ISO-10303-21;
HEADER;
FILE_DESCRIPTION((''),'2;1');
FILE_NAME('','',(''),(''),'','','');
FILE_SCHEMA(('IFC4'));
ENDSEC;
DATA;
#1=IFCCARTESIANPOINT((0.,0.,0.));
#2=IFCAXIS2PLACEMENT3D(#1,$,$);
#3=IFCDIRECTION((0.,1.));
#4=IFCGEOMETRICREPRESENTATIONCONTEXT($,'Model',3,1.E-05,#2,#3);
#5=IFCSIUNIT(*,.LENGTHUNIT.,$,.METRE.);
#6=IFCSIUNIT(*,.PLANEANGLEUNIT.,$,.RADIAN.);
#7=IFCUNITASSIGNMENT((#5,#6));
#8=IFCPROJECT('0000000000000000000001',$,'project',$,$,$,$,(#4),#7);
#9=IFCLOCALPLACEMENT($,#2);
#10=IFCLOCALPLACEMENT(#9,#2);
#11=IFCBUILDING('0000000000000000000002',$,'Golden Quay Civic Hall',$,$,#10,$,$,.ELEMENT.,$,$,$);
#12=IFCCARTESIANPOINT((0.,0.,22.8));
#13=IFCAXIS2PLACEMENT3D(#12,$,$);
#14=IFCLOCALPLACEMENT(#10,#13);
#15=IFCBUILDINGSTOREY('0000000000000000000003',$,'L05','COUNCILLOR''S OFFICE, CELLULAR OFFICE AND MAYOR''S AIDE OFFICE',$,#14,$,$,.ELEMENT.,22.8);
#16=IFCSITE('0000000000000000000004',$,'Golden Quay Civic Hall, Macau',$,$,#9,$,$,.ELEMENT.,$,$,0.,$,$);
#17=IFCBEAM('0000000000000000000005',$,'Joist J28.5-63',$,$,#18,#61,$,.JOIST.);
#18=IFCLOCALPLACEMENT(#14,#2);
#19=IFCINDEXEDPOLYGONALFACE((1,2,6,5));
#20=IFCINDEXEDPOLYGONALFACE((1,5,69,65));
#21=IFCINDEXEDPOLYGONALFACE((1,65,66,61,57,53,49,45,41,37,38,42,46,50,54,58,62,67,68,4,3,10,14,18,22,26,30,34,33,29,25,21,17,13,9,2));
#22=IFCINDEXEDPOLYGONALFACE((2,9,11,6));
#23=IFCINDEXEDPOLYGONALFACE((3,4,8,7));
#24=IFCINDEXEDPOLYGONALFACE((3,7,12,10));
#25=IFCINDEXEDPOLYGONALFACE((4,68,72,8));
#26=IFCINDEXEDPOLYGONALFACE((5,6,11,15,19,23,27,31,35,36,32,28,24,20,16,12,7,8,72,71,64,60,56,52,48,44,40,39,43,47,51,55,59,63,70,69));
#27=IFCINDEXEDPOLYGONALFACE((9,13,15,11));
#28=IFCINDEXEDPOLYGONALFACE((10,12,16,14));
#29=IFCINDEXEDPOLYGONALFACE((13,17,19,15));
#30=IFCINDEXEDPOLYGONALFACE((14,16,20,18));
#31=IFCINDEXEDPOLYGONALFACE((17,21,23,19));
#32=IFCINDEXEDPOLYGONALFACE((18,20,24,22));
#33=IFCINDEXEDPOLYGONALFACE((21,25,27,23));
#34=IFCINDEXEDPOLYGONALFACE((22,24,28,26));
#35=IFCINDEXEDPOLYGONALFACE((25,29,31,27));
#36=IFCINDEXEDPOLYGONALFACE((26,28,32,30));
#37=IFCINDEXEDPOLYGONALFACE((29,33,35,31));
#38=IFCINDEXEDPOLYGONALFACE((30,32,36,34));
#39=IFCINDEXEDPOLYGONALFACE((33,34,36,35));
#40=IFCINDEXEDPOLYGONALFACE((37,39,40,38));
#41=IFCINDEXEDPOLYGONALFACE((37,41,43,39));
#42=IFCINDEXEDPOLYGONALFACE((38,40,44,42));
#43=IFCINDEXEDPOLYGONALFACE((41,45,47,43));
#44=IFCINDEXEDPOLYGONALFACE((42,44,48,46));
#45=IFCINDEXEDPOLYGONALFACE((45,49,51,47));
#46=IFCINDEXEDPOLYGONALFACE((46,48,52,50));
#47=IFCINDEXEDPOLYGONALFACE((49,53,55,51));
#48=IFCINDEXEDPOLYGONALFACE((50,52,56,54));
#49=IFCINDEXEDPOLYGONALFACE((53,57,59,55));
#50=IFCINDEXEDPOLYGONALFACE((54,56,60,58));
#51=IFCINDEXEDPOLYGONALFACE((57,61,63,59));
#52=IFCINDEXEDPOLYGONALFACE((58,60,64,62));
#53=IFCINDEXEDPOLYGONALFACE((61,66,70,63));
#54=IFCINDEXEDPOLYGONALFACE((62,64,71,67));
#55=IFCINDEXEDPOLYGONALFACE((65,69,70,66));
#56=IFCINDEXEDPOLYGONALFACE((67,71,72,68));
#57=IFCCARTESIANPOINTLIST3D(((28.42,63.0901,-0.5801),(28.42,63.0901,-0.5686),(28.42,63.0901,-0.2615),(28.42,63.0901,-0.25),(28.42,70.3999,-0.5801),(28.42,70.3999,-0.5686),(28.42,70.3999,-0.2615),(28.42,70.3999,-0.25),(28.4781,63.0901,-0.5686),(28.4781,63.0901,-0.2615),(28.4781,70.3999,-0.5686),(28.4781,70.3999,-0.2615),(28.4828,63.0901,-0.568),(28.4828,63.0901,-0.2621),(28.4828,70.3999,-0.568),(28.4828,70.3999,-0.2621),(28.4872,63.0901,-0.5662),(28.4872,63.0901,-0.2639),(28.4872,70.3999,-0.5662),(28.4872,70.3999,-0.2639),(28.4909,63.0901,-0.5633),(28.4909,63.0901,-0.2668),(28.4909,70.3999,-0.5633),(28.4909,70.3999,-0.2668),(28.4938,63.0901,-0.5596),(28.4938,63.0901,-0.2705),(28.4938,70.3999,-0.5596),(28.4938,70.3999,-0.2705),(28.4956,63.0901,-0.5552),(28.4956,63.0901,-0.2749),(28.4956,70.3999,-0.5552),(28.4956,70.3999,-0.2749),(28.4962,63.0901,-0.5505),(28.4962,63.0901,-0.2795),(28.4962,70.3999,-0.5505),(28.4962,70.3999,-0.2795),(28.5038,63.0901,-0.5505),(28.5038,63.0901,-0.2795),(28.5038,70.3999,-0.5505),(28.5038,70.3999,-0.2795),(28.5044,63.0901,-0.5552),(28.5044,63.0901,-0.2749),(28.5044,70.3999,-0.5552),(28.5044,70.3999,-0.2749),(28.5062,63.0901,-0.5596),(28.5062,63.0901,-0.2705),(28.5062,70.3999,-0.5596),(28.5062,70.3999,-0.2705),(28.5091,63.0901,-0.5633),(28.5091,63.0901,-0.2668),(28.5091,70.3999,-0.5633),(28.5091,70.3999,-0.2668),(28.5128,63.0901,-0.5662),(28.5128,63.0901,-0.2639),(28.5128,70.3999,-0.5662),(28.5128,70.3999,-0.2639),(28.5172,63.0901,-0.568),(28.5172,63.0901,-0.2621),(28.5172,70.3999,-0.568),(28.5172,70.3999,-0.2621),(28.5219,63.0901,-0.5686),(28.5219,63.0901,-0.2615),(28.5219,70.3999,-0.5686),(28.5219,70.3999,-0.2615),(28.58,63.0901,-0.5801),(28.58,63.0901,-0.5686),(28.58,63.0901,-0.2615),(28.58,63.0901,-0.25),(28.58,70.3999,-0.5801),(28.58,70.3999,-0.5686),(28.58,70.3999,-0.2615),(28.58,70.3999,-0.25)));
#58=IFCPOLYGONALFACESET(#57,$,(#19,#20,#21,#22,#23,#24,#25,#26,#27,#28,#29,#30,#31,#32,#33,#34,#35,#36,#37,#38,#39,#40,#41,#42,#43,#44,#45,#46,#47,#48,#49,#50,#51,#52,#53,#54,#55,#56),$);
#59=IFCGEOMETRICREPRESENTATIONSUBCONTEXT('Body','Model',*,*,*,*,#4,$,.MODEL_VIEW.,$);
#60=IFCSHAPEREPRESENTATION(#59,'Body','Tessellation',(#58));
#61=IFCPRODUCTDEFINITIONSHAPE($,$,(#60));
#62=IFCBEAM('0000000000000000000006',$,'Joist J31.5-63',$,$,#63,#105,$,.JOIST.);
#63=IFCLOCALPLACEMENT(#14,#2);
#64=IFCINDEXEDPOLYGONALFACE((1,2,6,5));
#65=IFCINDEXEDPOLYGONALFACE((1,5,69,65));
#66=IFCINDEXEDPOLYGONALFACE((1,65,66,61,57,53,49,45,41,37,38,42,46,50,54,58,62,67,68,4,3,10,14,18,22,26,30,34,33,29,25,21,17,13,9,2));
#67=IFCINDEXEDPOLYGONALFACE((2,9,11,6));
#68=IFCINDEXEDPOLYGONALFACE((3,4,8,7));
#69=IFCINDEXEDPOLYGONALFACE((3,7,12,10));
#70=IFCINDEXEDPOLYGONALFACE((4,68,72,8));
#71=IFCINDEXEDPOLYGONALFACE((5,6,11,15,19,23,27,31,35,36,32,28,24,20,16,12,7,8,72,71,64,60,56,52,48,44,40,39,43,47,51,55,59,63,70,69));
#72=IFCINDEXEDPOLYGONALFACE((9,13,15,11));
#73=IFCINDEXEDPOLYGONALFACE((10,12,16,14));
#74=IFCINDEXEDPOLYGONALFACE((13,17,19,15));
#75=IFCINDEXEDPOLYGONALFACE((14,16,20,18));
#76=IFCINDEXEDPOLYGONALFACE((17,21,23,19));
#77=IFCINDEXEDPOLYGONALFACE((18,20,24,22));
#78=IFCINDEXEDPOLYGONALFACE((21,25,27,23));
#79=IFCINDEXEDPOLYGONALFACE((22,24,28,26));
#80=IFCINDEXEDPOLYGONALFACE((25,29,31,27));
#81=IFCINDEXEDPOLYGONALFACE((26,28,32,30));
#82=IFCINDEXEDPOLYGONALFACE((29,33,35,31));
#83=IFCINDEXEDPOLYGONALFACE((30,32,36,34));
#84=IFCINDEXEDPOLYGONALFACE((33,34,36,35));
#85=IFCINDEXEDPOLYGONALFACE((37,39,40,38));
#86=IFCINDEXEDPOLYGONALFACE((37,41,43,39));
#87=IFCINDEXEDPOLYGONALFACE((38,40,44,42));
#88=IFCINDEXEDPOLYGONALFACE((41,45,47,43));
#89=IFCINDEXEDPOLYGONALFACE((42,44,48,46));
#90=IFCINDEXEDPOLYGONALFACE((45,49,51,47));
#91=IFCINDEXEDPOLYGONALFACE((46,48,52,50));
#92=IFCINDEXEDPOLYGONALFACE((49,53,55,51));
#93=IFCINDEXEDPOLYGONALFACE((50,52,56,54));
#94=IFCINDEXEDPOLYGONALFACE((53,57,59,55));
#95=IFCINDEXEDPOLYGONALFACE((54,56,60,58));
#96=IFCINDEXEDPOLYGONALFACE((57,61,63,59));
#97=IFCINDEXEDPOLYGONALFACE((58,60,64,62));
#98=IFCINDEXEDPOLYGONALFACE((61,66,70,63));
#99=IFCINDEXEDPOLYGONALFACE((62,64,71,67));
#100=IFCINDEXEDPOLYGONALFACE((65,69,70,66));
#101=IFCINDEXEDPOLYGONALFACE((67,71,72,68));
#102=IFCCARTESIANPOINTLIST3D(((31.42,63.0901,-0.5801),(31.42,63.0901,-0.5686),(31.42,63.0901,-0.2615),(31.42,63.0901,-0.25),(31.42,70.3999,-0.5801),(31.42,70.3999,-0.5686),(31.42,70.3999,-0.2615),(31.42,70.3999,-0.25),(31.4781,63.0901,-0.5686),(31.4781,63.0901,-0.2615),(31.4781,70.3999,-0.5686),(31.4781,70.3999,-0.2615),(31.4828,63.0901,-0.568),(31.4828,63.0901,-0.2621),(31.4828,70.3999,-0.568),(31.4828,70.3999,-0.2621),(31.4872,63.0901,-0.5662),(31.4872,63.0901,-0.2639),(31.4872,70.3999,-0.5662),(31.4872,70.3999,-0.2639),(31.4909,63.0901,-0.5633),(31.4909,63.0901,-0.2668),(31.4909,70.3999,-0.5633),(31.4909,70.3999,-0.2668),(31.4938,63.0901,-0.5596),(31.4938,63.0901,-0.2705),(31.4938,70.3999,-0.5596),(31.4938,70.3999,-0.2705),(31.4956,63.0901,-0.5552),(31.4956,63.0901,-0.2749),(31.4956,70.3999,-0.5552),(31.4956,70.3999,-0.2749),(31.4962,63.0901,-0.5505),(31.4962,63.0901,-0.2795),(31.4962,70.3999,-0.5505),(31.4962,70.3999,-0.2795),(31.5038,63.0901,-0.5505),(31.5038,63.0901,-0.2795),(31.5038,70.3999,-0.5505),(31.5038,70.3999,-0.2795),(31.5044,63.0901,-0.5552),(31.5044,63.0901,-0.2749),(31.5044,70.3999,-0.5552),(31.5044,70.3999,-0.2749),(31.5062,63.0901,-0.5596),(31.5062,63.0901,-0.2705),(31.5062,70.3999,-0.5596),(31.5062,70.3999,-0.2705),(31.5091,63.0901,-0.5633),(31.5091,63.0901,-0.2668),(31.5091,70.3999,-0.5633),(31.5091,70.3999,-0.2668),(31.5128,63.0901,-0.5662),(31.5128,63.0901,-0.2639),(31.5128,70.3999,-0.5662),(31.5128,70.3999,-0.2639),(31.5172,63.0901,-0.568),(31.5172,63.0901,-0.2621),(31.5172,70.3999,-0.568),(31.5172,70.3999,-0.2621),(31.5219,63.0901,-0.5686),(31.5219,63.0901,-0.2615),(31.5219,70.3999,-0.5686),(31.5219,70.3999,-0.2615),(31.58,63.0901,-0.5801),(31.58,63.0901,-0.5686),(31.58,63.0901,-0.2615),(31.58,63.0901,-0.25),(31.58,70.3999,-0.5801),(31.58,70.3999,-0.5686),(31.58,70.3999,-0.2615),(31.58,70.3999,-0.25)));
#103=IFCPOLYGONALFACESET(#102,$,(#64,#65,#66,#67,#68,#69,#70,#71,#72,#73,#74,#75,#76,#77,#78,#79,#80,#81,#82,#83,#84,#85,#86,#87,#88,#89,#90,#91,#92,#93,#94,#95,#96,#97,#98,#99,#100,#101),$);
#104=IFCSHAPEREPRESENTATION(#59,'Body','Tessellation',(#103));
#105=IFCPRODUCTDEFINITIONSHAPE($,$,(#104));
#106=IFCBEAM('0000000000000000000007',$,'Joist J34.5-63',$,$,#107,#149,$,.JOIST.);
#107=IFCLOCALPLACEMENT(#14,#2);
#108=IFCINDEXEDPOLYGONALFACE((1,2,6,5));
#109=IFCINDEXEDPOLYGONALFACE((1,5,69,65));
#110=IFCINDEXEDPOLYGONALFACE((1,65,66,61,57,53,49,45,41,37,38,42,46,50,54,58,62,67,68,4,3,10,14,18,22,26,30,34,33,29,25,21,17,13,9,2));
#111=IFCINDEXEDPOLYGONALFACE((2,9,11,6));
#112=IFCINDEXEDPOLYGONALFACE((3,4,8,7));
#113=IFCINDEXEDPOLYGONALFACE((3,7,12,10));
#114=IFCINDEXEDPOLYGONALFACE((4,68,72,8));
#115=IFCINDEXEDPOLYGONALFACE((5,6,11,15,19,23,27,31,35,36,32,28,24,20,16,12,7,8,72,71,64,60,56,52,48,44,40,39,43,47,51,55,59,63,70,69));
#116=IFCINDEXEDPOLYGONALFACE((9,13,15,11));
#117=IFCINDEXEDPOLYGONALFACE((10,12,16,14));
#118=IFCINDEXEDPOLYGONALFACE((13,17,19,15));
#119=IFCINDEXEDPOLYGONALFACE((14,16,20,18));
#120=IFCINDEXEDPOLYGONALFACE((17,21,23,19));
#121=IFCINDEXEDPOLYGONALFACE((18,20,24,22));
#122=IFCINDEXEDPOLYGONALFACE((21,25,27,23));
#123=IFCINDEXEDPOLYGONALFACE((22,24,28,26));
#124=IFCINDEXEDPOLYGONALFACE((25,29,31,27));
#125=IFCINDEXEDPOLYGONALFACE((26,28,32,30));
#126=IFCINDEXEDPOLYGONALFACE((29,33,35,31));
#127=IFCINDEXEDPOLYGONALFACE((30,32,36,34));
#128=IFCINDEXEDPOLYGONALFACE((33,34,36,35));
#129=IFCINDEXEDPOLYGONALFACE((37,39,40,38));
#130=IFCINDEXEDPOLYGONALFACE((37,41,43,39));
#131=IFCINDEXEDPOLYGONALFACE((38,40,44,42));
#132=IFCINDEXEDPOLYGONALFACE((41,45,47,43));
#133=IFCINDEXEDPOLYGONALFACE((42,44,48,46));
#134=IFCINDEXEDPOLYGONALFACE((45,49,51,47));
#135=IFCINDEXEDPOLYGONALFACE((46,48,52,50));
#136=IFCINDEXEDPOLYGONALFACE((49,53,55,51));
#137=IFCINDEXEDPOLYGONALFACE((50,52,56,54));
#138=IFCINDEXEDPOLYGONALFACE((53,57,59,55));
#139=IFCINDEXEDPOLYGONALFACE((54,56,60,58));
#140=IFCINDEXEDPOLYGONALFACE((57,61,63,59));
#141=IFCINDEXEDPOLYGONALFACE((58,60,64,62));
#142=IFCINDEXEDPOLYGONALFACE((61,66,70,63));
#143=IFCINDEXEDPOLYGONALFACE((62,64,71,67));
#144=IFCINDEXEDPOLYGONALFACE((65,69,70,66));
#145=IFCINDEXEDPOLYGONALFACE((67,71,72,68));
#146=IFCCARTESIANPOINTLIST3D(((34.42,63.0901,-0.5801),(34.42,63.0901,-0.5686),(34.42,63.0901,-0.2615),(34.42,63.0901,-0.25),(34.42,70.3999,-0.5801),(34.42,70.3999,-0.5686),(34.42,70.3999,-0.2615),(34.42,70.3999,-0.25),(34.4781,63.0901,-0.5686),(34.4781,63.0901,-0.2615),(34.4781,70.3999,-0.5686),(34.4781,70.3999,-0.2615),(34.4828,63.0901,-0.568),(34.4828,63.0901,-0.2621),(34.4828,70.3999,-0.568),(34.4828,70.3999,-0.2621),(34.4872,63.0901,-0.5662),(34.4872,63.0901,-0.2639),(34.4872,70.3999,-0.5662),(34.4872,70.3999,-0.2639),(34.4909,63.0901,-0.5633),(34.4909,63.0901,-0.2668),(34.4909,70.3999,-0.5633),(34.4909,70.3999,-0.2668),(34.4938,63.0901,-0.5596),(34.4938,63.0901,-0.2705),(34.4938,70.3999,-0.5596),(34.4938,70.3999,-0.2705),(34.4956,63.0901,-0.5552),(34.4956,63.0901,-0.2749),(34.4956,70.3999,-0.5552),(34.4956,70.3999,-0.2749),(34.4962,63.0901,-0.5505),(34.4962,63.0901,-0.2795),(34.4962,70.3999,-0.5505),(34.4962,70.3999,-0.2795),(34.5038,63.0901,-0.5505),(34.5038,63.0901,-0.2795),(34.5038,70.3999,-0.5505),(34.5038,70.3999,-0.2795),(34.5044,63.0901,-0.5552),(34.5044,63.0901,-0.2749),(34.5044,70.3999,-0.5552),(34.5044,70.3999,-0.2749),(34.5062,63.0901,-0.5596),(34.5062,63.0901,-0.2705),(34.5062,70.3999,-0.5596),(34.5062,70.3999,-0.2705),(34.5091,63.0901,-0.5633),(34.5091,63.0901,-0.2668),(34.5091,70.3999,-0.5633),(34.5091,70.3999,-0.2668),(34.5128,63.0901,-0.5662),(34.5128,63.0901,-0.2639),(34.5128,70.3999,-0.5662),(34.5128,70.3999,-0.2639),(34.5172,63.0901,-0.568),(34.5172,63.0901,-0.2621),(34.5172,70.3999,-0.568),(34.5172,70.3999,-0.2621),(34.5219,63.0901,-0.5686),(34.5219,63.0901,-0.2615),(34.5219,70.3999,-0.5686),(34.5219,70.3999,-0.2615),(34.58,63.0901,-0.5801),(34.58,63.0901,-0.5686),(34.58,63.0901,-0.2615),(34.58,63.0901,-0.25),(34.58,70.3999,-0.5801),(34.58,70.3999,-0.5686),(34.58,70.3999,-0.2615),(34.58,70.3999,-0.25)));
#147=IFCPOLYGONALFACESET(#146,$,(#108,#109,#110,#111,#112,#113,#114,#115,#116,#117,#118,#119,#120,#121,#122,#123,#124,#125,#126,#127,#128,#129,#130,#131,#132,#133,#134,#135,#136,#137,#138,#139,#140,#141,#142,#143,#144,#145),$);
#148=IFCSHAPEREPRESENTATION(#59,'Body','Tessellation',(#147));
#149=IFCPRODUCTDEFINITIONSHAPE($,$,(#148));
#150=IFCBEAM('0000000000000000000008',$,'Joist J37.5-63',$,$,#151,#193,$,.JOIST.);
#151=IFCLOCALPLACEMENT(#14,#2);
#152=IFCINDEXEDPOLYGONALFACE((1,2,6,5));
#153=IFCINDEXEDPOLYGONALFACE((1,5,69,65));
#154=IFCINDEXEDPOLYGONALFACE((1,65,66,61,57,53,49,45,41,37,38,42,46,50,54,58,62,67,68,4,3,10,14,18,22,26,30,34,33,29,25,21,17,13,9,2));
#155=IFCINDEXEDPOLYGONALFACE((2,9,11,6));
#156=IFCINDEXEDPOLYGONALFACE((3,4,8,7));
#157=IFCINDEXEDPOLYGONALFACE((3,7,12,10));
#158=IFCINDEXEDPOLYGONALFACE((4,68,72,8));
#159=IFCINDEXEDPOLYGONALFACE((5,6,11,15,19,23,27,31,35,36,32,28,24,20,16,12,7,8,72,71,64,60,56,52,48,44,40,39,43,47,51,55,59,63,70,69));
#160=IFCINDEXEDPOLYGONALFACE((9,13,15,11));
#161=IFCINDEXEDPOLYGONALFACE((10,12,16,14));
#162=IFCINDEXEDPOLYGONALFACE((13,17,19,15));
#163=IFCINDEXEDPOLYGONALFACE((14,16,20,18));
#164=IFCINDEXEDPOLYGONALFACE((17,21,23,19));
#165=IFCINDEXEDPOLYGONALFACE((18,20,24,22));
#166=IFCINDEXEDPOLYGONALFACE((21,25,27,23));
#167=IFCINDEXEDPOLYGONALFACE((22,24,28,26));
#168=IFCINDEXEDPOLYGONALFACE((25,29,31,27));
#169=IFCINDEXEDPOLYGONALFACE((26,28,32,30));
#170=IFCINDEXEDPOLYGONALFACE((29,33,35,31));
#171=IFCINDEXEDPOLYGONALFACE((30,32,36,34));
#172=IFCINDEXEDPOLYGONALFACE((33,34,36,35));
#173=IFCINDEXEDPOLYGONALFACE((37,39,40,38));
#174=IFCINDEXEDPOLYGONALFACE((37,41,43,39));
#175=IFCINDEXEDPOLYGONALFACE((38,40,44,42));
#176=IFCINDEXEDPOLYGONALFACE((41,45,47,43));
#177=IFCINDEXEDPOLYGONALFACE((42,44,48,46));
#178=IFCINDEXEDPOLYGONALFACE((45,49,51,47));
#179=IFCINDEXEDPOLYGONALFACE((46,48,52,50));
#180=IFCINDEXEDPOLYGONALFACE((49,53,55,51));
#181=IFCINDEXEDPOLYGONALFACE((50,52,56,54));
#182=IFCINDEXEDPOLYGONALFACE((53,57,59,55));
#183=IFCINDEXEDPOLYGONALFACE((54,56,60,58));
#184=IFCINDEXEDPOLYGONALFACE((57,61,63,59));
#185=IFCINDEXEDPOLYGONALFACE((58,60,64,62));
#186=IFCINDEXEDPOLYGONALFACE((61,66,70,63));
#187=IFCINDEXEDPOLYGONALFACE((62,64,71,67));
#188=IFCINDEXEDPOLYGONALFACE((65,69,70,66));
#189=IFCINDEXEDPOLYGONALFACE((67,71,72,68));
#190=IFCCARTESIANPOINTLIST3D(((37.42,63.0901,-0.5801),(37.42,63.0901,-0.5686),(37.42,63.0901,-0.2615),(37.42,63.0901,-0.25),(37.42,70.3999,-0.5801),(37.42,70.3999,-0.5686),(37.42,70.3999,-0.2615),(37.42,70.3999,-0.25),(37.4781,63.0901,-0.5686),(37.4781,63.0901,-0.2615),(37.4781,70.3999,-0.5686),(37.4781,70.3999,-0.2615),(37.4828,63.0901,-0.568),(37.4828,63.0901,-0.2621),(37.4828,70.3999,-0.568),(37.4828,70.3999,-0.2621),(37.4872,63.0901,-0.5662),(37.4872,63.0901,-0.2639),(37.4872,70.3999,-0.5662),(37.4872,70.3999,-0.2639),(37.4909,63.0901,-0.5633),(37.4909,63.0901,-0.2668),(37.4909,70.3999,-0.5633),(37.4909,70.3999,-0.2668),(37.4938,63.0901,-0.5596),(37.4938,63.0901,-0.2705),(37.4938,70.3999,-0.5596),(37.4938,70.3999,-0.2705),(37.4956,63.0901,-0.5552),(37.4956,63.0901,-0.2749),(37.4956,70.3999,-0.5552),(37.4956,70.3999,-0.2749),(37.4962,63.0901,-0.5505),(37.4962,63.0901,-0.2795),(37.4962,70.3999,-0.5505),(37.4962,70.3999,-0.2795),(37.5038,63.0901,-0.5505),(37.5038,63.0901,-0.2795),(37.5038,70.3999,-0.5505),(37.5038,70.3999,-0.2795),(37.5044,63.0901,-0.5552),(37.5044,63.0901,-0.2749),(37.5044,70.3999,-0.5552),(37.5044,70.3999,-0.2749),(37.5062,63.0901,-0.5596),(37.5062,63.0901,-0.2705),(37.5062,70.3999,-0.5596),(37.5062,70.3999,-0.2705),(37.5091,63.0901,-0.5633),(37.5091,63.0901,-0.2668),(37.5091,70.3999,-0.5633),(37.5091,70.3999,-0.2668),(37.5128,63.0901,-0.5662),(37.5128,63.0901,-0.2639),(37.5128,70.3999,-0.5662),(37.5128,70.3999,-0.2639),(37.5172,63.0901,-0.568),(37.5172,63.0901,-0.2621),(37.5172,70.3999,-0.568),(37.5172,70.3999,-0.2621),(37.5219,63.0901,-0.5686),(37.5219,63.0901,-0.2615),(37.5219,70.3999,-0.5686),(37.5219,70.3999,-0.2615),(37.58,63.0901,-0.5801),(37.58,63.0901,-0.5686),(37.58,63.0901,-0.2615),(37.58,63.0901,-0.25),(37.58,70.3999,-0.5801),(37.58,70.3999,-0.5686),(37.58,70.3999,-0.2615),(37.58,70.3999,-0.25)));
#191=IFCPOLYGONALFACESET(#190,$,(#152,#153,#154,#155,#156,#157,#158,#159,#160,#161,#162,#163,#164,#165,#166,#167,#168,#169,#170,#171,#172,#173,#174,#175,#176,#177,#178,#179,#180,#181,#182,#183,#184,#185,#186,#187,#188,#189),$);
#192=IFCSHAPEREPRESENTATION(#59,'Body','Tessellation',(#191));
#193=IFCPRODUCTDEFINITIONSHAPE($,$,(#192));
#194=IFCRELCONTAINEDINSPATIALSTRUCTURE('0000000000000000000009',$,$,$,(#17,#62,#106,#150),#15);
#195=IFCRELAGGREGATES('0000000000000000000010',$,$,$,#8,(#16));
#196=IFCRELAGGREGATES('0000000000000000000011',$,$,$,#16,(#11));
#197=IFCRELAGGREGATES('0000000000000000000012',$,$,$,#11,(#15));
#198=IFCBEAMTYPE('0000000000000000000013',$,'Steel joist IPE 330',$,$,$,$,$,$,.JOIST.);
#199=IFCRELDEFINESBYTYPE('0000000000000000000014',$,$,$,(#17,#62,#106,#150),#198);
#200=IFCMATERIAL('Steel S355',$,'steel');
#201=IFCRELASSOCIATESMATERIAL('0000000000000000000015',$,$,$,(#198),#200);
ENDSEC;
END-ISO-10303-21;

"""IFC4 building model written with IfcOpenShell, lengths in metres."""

from ifc_helpers import new_model, si_unit, direction, frame, origin, origin_2d, place, context, subcontext, project, spatial, i_section, extrude, material, material_profile, profile_set, type_object, element, save


model = new_model("IFC4")

# Units and contexts
model_context = context("Model", 3, precision=1e-05, world=origin(), true_north=direction((0.0, 1.0)))
body_context = subcontext(model_context, "Body", "Model", "MODEL_VIEW")
ifc_project = project(units=[si_unit("LENGTHUNIT", "METRE"), si_unit("PLANEANGLEUNIT", "RADIAN")], contexts=[model_context])

# Site, building, storey
site_placement = place(None, origin())
site = spatial("IfcSite", under=ifc_project, at=site_placement, Name="Golden Quay Civic Hall, Macau", CompositionType="ELEMENT", RefElevation=0.0)
building_placement = place(site_placement, origin())
building = spatial("IfcBuilding", under=site, at=building_placement, Name="Golden Quay Civic Hall", CompositionType="ELEMENT")
storey_placement = place(building_placement, frame((0.0, 0.0, 22.8)))
storey = spatial("IfcBuildingStorey", under=building, at=storey_placement, Name="L05", Description="COUNCILLOR'S OFFICE, CELLULAR OFFICE AND MAYOR'S AIDE OFFICE", CompositionType="ELEMENT", Elevation=22.8)

# Beams
ifc_material_1 = material(Name="Steel S355", Category="steel")
ifc_material_profile_1 = material_profile(ifc_material_1, i_section(OverallWidth=0.1599, OverallDepth=0.3301, WebThickness=0.0076, FlangeThickness=0.0115, FilletRadius=0.0181, at=origin_2d()), Name="IPE 330")
ifc_profile_set_1 = profile_set([ifc_material_profile_1], Name="Steel S355")
beam_type_1 = type_object("IfcBeamType", Name="Steel joist IPE 330", PredefinedType="JOIST", material=ifc_profile_set_1)
for number, where, z_axis, x_axis, name in (
    (1, (28.5, 63.0901, -0.415), (0.0, 1.0, 0.0), (-1.0, 0.0, 0.0), "Joist J28.5-63"),
    (2, (31.5, 63.0901, -0.415), (0.0, 1.0, 0.0), (-1.0, 0.0, 0.0), "Joist J31.5-63"),
    (3, (34.5, 63.0901, -0.415), (0.0, 1.0, 0.0), (-1.0, 0.0, 0.0), "Joist J34.5-63"),
    (4, (37.5, 63.0901, -0.415), (0.0, 1.0, 0.0), (-1.0, 0.0, 0.0), "Joist J37.5-63"),
):
    element("IfcBeam", number, at=place(storey_placement, frame(where, z_axis=z_axis, x_axis=x_axis)), inside=storey, type_object=beam_type_1, Name=name, PredefinedType="JOIST", context=body_context, shape_type="SweptSolid", body=[
        extrude(i_section(OverallWidth=0.1599, OverallDepth=0.3301, WebThickness=0.0076, FlangeThickness=0.0115, FilletRadius=0.0181, at=origin_2d()), origin(), (0.0, 0.0, 1.0), 7.3098),
    ])

save(model, "model.ifc")
